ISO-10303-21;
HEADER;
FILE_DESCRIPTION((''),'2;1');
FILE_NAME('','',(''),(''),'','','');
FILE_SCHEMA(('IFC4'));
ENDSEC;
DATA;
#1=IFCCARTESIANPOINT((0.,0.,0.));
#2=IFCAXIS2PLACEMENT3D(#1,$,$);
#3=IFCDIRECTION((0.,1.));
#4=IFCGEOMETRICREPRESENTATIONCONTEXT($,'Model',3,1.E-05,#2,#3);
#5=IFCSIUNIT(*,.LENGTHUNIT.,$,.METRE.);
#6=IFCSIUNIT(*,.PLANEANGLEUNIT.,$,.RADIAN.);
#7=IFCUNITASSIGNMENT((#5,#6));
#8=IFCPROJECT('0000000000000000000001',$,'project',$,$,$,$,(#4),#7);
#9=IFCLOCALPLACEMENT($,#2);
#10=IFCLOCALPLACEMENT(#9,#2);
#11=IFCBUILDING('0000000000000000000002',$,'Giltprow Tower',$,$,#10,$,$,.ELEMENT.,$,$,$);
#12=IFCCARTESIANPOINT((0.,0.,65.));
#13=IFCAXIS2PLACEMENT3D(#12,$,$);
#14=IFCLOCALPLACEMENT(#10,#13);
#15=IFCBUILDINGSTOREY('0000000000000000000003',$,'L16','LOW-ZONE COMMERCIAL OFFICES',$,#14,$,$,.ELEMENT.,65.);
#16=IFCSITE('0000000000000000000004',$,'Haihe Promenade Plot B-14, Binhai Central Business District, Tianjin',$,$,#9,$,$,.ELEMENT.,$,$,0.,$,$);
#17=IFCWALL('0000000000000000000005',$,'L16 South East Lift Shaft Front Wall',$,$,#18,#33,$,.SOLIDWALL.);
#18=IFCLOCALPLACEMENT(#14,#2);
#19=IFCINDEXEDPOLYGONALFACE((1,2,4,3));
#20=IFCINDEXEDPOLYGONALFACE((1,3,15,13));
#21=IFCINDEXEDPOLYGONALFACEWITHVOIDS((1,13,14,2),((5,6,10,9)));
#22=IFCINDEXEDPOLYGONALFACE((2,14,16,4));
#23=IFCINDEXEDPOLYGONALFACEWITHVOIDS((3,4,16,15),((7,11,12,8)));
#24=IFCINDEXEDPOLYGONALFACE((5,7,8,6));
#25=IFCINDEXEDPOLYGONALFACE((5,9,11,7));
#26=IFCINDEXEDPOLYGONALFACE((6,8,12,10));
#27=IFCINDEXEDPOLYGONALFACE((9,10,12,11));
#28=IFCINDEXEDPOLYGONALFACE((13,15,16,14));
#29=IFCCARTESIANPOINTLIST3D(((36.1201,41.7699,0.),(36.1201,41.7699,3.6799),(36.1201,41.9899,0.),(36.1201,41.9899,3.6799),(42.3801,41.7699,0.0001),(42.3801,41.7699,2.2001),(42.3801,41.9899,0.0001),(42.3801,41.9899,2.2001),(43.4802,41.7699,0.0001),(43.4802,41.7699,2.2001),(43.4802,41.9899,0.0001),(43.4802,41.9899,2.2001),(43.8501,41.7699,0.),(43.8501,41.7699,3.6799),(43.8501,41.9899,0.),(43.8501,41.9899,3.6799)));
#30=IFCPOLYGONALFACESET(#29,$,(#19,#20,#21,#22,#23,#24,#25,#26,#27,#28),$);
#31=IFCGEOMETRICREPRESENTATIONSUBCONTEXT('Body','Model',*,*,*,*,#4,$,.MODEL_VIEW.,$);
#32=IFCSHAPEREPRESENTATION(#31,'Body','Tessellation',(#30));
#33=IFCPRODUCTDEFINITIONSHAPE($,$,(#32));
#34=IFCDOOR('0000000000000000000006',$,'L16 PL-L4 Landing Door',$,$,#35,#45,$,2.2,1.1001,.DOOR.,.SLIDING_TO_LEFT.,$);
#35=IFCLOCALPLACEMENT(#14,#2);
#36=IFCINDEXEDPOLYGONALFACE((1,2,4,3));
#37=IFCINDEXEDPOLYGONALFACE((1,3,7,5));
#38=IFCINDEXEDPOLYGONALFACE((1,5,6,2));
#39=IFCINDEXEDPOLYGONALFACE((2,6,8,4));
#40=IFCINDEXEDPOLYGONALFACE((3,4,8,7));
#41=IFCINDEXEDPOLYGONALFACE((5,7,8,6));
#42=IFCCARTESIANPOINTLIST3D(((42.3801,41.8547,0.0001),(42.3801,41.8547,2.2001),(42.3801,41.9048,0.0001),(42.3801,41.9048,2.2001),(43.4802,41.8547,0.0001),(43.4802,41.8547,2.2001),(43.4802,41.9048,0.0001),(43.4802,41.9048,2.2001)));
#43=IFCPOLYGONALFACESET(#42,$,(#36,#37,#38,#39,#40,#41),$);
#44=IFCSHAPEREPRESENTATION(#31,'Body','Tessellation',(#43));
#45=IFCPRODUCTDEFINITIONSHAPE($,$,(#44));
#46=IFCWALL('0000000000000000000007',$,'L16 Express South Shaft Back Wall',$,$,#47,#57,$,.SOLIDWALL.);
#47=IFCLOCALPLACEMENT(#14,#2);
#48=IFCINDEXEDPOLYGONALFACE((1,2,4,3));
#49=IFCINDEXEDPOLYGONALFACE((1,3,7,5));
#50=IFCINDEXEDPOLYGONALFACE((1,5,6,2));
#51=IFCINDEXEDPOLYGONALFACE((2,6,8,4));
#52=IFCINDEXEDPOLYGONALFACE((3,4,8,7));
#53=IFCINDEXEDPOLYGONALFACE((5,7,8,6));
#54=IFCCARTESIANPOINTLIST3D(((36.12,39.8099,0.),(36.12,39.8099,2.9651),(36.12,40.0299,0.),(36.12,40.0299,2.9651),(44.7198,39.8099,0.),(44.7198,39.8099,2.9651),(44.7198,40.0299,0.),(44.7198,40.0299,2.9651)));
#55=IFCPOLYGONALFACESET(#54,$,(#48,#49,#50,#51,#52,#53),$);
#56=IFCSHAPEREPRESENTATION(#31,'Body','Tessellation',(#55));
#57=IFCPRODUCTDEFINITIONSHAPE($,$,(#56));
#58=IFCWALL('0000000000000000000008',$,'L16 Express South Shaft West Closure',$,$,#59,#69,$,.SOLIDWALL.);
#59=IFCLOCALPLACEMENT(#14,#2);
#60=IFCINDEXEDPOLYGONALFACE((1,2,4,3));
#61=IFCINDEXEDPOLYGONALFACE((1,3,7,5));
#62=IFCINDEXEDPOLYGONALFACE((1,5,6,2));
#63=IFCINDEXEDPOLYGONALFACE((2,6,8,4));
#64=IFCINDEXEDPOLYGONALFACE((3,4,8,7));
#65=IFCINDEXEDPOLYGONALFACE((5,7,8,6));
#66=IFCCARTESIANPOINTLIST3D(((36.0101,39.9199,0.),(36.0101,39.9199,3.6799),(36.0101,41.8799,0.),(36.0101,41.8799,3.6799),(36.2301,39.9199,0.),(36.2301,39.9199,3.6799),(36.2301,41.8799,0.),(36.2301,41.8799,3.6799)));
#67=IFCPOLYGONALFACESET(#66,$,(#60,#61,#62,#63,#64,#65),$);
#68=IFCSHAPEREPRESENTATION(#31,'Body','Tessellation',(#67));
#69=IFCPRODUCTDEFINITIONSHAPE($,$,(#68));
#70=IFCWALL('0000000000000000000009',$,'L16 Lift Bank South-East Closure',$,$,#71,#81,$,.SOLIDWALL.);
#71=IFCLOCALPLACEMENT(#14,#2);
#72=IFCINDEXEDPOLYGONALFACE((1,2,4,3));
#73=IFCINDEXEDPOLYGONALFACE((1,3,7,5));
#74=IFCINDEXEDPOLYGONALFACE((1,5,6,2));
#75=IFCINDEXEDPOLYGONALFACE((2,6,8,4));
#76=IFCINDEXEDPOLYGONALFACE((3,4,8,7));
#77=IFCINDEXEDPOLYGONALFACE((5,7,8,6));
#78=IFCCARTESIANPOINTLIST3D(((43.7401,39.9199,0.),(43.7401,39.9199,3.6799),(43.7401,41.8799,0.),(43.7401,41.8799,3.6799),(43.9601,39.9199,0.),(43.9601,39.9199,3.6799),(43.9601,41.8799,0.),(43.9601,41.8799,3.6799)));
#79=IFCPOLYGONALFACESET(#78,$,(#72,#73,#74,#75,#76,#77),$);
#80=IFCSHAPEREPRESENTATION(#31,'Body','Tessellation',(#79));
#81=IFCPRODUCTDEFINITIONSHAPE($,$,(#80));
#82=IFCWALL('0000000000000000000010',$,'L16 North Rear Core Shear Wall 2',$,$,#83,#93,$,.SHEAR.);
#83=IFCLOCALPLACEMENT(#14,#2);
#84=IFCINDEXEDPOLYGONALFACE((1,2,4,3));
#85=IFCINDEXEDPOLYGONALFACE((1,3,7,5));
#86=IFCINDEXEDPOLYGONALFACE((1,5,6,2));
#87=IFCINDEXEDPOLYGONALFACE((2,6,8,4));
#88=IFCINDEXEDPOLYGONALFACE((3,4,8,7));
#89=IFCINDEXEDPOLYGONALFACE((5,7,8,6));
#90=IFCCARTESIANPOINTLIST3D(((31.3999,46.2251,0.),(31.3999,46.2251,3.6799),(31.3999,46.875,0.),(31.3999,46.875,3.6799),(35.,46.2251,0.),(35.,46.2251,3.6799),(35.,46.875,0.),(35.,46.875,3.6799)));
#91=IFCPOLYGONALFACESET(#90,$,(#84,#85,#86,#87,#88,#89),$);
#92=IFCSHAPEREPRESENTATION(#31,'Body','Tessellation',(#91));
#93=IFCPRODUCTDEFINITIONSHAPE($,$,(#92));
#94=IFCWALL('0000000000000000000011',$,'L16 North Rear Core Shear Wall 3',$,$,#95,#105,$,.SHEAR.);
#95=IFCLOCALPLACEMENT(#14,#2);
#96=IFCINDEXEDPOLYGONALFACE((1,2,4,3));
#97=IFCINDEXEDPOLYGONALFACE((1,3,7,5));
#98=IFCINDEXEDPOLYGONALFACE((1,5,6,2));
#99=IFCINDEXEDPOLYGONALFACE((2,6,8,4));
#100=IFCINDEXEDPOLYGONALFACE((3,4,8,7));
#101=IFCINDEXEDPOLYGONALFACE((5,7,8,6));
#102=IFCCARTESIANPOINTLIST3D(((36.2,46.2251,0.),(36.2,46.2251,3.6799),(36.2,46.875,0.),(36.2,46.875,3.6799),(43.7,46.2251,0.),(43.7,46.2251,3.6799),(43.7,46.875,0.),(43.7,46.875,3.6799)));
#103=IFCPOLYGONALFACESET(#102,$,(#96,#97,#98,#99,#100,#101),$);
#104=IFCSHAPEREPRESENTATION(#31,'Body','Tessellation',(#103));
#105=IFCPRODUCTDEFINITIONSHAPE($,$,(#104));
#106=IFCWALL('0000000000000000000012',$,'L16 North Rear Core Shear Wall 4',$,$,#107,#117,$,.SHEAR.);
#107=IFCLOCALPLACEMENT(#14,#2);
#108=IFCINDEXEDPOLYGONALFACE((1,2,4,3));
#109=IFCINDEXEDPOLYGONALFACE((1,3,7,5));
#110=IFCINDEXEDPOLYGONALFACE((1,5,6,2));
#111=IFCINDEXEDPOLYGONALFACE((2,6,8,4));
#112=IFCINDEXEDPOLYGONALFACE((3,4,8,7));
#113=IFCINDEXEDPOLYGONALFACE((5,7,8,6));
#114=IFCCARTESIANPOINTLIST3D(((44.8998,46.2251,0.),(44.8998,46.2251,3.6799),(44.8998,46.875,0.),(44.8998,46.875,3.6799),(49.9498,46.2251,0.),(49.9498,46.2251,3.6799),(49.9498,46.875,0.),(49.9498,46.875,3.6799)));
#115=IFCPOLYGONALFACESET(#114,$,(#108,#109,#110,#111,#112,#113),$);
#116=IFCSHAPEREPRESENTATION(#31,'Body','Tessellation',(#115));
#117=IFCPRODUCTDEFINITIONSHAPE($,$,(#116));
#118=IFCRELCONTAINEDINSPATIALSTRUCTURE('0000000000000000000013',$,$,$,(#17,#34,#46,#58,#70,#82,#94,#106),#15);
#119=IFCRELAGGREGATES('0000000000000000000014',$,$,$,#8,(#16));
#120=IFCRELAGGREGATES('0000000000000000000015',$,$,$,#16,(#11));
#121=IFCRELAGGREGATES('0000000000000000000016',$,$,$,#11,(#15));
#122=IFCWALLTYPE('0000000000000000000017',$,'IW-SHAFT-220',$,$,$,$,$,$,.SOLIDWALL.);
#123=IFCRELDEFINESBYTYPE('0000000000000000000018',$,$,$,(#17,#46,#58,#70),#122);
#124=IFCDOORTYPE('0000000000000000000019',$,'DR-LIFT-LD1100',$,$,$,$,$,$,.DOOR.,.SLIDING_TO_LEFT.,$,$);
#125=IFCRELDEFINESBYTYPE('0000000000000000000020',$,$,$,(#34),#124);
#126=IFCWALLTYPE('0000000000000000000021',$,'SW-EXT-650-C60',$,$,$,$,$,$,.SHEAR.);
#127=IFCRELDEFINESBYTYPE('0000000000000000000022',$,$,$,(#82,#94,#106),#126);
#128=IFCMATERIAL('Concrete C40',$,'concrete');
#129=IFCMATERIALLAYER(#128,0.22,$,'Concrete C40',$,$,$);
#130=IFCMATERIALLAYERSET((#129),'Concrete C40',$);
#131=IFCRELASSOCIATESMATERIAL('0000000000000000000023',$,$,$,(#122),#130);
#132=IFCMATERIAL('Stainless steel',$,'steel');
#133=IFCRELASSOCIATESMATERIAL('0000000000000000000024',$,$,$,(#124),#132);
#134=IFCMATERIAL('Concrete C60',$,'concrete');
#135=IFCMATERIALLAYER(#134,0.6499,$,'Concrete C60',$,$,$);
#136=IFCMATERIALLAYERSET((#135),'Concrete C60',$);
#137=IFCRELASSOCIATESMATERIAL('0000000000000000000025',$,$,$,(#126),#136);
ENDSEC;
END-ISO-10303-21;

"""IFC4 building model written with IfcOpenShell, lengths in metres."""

from ifc_helpers import new_model, si_unit, direction, frame, frame_2d, origin, place, context, subcontext, project, spatial, rectangle, extrude, source, transform, mapped, material, layer, layer_set, type_object, element, fill, save


model = new_model("IFC4")

# Units and contexts
model_context = context("Model", 3, precision=1e-05, world=origin(), true_north=direction((0.0, 1.0)))
body_context = subcontext(model_context, "Body", "Model", "MODEL_VIEW")
ifc_project = project(units=[si_unit("LENGTHUNIT", "METRE"), si_unit("PLANEANGLEUNIT", "RADIAN")], contexts=[model_context])

# Site, building, storey
site_placement = place(None, origin())
site = spatial("IfcSite", under=ifc_project, at=site_placement, Name="Haihe Promenade Plot B-14, Binhai Central Business District, Tianjin", CompositionType="ELEMENT", RefElevation=0.0)
building_placement = place(site_placement, origin())
building = spatial("IfcBuilding", under=site, at=building_placement, Name="Giltprow Tower", CompositionType="ELEMENT")
storey_placement = place(building_placement, frame((0.0, 0.0, 65.0)))
storey = spatial("IfcBuildingStorey", under=building, at=storey_placement, Name="L16", Description="LOW-ZONE COMMERCIAL OFFICES", CompositionType="ELEMENT", Elevation=65.0)

# Shared definitions
ifc_material_1 = material(Name="Concrete C60", Category="concrete")

# Shared definitions
ifc_material_2 = material(Name="Concrete C40", Category="concrete")
ifc_layer_1 = layer(ifc_material_2, 0.22, Name="Concrete C40")
ifc_layer_set_1 = layer_set([ifc_layer_1], Name="Concrete C40")
wall_type_1 = type_object("IfcWallType", Name="IW-SHAFT-220", PredefinedType="SOLIDWALL", material=ifc_layer_set_1)
ifc_material_3 = material(Name="Stainless steel", Category="steel")
door_type = type_object("IfcDoorType", Name="DR-LIFT-LD1100", OperationType="SLIDING_TO_LEFT", PredefinedType="DOOR", material=ifc_material_3)
shared_shape_1 = source(origin(), body_context, "Body", "SweptSolid", [
    extrude(rectangle(XDim=1.1001, YDim=2.2, at=frame_2d((0.55, 1.1001))), frame((0.0, 0.0249, 0.0), z_axis=(0.0, -1.0, 0.0), x_axis=(1.0, 0.0, 0.0)), (0.0, 0.0, 1.0), 0.05),
])

# Wall, opening, door
wall_1_placement = place(storey_placement, frame((36.1201, 41.8799, 0.0), z_axis=(0.0, 0.0, 1.0), x_axis=(1.0, 0.0, 0.0)))
wall_1 = element("IfcWall", 1, at=wall_1_placement, inside=storey, type_object=wall_type_1, Name="L16 South East Lift Shaft Front Wall", PredefinedType="SOLIDWALL", context=body_context, shape_type="SweptSolid", body=[
    extrude(rectangle(XDim=7.73, YDim=0.22, at=frame_2d((3.865, 0.0))), origin(), (0.0, 0.0, 1.0), 3.6799),
])
opening_1_placement = place(wall_1_placement, frame((6.26, 0.0, 0.0)))
opening_1 = element("IfcOpeningElement", 2, at=opening_1_placement, cuts=wall_1, PredefinedType="OPENING", context=body_context, shape_type="SweptSolid", body=[
    extrude(rectangle(XDim=1.1001, YDim=2.2, at=frame_2d((0.55, 1.1001))), frame((0.0, 0.1199, 0.0), z_axis=(0.0, -1.0, 0.0), x_axis=(1.0, 0.0, 0.0)), (0.0, 0.0, 1.0), 0.24),
])
door_1_placement = place(opening_1_placement, origin())
door_1 = element("IfcDoor", 3, at=door_1_placement, inside=storey, type_object=door_type, Name="L16 PL-L4 Landing Door", OperationType="SLIDING_TO_LEFT", OverallHeight=2.2, OverallWidth=1.1001, PredefinedType="DOOR", context=body_context, shape_type="MappedRepresentation", body=[
    mapped(shared_shape_1, transform((0.0, 0.0, 0.0), x_axis=(1.0, 0.0, 0.0), y_axis=(0.0, 1.0, 0.0), z_axis=(0.0, 0.0, 1.0), scale=1.0)),
])
fill(opening_1, door_1)

# Walls
wall_2_placement = place(storey_placement, frame((36.1201, 39.9199, 0.0), z_axis=(0.0, 0.0, 1.0), x_axis=(1.0, 0.0, 0.0)))
element("IfcWall", 4, at=wall_2_placement, inside=storey, type_object=wall_type_1, Name="L16 Express South Shaft Back Wall", PredefinedType="SOLIDWALL", context=body_context, shape_type="SweptSolid", body=[
    extrude(rectangle(XDim=8.5999, YDim=0.22, at=frame_2d((4.2998, 0.0))), origin(), (0.0, 0.0, 1.0), 2.9651),
])
for number, where, z_axis, x_axis, name in (
    (5, (36.1201, 39.9199, 0.0), (0.0, 0.0, 1.0), (0.0, 1.0, 0.0), "L16 Express South Shaft West Closure"),
    (6, (43.8501, 39.9199, 0.0), (0.0, 0.0, 1.0), (0.0, 1.0, 0.0), "L16 Lift Bank South-East Closure"),
):
    element("IfcWall", number, at=place(storey_placement, frame(where, z_axis=z_axis, x_axis=x_axis)), inside=storey, type_object=wall_type_1, Name=name, PredefinedType="SOLIDWALL", context=body_context, shape_type="SweptSolid", body=[
        extrude(rectangle(XDim=1.96, YDim=0.22, at=frame_2d((0.98, 0.0))), origin(), (0.0, 0.0, 1.0), 3.6799),
    ])
ifc_layer_2 = layer(ifc_material_1, 0.6499, Name="Concrete C60")
ifc_layer_set_2 = layer_set([ifc_layer_2], Name="Concrete C60")
wall_type_2 = type_object("IfcWallType", Name="SW-EXT-650-C60", PredefinedType="SHEAR", material=ifc_layer_set_2)
wall_3_placement = place(storey_placement, frame((31.3999, 46.55, 0.0), z_axis=(0.0, 0.0, 1.0), x_axis=(1.0, 0.0, 0.0)))
element("IfcWall", 7, at=wall_3_placement, inside=storey, type_object=wall_type_2, Name="L16 North Rear Core Shear Wall 2", PredefinedType="SHEAR", context=body_context, shape_type="SweptSolid", body=[
    extrude(rectangle(XDim=3.6001, YDim=0.6499, at=frame_2d((1.8, 0.0))), origin(), (0.0, 0.0, 1.0), 3.6799),
])
wall_4_placement = place(storey_placement, frame((36.2, 46.55, 0.0), z_axis=(0.0, 0.0, 1.0), x_axis=(1.0, 0.0, 0.0)))
element("IfcWall", 8, at=wall_4_placement, inside=storey, type_object=wall_type_2, Name="L16 North Rear Core Shear Wall 3", PredefinedType="SHEAR", context=body_context, shape_type="SweptSolid", body=[
    extrude(rectangle(XDim=7.5, YDim=0.6499, at=frame_2d((3.75, 0.0))), origin(), (0.0, 0.0, 1.0), 3.6799),
])
wall_5_placement = place(storey_placement, frame((44.8999, 46.55, 0.0), z_axis=(0.0, 0.0, 1.0), x_axis=(1.0, 0.0, 0.0)))
element("IfcWall", 9, at=wall_5_placement, inside=storey, type_object=wall_type_2, Name="L16 North Rear Core Shear Wall 4", PredefinedType="SHEAR", context=body_context, shape_type="SweptSolid", body=[
    extrude(rectangle(XDim=5.05, YDim=0.6499, at=frame_2d((2.5249, 0.0))), origin(), (0.0, 0.0, 1.0), 3.6799),
])

save(model, "model.ifc")
